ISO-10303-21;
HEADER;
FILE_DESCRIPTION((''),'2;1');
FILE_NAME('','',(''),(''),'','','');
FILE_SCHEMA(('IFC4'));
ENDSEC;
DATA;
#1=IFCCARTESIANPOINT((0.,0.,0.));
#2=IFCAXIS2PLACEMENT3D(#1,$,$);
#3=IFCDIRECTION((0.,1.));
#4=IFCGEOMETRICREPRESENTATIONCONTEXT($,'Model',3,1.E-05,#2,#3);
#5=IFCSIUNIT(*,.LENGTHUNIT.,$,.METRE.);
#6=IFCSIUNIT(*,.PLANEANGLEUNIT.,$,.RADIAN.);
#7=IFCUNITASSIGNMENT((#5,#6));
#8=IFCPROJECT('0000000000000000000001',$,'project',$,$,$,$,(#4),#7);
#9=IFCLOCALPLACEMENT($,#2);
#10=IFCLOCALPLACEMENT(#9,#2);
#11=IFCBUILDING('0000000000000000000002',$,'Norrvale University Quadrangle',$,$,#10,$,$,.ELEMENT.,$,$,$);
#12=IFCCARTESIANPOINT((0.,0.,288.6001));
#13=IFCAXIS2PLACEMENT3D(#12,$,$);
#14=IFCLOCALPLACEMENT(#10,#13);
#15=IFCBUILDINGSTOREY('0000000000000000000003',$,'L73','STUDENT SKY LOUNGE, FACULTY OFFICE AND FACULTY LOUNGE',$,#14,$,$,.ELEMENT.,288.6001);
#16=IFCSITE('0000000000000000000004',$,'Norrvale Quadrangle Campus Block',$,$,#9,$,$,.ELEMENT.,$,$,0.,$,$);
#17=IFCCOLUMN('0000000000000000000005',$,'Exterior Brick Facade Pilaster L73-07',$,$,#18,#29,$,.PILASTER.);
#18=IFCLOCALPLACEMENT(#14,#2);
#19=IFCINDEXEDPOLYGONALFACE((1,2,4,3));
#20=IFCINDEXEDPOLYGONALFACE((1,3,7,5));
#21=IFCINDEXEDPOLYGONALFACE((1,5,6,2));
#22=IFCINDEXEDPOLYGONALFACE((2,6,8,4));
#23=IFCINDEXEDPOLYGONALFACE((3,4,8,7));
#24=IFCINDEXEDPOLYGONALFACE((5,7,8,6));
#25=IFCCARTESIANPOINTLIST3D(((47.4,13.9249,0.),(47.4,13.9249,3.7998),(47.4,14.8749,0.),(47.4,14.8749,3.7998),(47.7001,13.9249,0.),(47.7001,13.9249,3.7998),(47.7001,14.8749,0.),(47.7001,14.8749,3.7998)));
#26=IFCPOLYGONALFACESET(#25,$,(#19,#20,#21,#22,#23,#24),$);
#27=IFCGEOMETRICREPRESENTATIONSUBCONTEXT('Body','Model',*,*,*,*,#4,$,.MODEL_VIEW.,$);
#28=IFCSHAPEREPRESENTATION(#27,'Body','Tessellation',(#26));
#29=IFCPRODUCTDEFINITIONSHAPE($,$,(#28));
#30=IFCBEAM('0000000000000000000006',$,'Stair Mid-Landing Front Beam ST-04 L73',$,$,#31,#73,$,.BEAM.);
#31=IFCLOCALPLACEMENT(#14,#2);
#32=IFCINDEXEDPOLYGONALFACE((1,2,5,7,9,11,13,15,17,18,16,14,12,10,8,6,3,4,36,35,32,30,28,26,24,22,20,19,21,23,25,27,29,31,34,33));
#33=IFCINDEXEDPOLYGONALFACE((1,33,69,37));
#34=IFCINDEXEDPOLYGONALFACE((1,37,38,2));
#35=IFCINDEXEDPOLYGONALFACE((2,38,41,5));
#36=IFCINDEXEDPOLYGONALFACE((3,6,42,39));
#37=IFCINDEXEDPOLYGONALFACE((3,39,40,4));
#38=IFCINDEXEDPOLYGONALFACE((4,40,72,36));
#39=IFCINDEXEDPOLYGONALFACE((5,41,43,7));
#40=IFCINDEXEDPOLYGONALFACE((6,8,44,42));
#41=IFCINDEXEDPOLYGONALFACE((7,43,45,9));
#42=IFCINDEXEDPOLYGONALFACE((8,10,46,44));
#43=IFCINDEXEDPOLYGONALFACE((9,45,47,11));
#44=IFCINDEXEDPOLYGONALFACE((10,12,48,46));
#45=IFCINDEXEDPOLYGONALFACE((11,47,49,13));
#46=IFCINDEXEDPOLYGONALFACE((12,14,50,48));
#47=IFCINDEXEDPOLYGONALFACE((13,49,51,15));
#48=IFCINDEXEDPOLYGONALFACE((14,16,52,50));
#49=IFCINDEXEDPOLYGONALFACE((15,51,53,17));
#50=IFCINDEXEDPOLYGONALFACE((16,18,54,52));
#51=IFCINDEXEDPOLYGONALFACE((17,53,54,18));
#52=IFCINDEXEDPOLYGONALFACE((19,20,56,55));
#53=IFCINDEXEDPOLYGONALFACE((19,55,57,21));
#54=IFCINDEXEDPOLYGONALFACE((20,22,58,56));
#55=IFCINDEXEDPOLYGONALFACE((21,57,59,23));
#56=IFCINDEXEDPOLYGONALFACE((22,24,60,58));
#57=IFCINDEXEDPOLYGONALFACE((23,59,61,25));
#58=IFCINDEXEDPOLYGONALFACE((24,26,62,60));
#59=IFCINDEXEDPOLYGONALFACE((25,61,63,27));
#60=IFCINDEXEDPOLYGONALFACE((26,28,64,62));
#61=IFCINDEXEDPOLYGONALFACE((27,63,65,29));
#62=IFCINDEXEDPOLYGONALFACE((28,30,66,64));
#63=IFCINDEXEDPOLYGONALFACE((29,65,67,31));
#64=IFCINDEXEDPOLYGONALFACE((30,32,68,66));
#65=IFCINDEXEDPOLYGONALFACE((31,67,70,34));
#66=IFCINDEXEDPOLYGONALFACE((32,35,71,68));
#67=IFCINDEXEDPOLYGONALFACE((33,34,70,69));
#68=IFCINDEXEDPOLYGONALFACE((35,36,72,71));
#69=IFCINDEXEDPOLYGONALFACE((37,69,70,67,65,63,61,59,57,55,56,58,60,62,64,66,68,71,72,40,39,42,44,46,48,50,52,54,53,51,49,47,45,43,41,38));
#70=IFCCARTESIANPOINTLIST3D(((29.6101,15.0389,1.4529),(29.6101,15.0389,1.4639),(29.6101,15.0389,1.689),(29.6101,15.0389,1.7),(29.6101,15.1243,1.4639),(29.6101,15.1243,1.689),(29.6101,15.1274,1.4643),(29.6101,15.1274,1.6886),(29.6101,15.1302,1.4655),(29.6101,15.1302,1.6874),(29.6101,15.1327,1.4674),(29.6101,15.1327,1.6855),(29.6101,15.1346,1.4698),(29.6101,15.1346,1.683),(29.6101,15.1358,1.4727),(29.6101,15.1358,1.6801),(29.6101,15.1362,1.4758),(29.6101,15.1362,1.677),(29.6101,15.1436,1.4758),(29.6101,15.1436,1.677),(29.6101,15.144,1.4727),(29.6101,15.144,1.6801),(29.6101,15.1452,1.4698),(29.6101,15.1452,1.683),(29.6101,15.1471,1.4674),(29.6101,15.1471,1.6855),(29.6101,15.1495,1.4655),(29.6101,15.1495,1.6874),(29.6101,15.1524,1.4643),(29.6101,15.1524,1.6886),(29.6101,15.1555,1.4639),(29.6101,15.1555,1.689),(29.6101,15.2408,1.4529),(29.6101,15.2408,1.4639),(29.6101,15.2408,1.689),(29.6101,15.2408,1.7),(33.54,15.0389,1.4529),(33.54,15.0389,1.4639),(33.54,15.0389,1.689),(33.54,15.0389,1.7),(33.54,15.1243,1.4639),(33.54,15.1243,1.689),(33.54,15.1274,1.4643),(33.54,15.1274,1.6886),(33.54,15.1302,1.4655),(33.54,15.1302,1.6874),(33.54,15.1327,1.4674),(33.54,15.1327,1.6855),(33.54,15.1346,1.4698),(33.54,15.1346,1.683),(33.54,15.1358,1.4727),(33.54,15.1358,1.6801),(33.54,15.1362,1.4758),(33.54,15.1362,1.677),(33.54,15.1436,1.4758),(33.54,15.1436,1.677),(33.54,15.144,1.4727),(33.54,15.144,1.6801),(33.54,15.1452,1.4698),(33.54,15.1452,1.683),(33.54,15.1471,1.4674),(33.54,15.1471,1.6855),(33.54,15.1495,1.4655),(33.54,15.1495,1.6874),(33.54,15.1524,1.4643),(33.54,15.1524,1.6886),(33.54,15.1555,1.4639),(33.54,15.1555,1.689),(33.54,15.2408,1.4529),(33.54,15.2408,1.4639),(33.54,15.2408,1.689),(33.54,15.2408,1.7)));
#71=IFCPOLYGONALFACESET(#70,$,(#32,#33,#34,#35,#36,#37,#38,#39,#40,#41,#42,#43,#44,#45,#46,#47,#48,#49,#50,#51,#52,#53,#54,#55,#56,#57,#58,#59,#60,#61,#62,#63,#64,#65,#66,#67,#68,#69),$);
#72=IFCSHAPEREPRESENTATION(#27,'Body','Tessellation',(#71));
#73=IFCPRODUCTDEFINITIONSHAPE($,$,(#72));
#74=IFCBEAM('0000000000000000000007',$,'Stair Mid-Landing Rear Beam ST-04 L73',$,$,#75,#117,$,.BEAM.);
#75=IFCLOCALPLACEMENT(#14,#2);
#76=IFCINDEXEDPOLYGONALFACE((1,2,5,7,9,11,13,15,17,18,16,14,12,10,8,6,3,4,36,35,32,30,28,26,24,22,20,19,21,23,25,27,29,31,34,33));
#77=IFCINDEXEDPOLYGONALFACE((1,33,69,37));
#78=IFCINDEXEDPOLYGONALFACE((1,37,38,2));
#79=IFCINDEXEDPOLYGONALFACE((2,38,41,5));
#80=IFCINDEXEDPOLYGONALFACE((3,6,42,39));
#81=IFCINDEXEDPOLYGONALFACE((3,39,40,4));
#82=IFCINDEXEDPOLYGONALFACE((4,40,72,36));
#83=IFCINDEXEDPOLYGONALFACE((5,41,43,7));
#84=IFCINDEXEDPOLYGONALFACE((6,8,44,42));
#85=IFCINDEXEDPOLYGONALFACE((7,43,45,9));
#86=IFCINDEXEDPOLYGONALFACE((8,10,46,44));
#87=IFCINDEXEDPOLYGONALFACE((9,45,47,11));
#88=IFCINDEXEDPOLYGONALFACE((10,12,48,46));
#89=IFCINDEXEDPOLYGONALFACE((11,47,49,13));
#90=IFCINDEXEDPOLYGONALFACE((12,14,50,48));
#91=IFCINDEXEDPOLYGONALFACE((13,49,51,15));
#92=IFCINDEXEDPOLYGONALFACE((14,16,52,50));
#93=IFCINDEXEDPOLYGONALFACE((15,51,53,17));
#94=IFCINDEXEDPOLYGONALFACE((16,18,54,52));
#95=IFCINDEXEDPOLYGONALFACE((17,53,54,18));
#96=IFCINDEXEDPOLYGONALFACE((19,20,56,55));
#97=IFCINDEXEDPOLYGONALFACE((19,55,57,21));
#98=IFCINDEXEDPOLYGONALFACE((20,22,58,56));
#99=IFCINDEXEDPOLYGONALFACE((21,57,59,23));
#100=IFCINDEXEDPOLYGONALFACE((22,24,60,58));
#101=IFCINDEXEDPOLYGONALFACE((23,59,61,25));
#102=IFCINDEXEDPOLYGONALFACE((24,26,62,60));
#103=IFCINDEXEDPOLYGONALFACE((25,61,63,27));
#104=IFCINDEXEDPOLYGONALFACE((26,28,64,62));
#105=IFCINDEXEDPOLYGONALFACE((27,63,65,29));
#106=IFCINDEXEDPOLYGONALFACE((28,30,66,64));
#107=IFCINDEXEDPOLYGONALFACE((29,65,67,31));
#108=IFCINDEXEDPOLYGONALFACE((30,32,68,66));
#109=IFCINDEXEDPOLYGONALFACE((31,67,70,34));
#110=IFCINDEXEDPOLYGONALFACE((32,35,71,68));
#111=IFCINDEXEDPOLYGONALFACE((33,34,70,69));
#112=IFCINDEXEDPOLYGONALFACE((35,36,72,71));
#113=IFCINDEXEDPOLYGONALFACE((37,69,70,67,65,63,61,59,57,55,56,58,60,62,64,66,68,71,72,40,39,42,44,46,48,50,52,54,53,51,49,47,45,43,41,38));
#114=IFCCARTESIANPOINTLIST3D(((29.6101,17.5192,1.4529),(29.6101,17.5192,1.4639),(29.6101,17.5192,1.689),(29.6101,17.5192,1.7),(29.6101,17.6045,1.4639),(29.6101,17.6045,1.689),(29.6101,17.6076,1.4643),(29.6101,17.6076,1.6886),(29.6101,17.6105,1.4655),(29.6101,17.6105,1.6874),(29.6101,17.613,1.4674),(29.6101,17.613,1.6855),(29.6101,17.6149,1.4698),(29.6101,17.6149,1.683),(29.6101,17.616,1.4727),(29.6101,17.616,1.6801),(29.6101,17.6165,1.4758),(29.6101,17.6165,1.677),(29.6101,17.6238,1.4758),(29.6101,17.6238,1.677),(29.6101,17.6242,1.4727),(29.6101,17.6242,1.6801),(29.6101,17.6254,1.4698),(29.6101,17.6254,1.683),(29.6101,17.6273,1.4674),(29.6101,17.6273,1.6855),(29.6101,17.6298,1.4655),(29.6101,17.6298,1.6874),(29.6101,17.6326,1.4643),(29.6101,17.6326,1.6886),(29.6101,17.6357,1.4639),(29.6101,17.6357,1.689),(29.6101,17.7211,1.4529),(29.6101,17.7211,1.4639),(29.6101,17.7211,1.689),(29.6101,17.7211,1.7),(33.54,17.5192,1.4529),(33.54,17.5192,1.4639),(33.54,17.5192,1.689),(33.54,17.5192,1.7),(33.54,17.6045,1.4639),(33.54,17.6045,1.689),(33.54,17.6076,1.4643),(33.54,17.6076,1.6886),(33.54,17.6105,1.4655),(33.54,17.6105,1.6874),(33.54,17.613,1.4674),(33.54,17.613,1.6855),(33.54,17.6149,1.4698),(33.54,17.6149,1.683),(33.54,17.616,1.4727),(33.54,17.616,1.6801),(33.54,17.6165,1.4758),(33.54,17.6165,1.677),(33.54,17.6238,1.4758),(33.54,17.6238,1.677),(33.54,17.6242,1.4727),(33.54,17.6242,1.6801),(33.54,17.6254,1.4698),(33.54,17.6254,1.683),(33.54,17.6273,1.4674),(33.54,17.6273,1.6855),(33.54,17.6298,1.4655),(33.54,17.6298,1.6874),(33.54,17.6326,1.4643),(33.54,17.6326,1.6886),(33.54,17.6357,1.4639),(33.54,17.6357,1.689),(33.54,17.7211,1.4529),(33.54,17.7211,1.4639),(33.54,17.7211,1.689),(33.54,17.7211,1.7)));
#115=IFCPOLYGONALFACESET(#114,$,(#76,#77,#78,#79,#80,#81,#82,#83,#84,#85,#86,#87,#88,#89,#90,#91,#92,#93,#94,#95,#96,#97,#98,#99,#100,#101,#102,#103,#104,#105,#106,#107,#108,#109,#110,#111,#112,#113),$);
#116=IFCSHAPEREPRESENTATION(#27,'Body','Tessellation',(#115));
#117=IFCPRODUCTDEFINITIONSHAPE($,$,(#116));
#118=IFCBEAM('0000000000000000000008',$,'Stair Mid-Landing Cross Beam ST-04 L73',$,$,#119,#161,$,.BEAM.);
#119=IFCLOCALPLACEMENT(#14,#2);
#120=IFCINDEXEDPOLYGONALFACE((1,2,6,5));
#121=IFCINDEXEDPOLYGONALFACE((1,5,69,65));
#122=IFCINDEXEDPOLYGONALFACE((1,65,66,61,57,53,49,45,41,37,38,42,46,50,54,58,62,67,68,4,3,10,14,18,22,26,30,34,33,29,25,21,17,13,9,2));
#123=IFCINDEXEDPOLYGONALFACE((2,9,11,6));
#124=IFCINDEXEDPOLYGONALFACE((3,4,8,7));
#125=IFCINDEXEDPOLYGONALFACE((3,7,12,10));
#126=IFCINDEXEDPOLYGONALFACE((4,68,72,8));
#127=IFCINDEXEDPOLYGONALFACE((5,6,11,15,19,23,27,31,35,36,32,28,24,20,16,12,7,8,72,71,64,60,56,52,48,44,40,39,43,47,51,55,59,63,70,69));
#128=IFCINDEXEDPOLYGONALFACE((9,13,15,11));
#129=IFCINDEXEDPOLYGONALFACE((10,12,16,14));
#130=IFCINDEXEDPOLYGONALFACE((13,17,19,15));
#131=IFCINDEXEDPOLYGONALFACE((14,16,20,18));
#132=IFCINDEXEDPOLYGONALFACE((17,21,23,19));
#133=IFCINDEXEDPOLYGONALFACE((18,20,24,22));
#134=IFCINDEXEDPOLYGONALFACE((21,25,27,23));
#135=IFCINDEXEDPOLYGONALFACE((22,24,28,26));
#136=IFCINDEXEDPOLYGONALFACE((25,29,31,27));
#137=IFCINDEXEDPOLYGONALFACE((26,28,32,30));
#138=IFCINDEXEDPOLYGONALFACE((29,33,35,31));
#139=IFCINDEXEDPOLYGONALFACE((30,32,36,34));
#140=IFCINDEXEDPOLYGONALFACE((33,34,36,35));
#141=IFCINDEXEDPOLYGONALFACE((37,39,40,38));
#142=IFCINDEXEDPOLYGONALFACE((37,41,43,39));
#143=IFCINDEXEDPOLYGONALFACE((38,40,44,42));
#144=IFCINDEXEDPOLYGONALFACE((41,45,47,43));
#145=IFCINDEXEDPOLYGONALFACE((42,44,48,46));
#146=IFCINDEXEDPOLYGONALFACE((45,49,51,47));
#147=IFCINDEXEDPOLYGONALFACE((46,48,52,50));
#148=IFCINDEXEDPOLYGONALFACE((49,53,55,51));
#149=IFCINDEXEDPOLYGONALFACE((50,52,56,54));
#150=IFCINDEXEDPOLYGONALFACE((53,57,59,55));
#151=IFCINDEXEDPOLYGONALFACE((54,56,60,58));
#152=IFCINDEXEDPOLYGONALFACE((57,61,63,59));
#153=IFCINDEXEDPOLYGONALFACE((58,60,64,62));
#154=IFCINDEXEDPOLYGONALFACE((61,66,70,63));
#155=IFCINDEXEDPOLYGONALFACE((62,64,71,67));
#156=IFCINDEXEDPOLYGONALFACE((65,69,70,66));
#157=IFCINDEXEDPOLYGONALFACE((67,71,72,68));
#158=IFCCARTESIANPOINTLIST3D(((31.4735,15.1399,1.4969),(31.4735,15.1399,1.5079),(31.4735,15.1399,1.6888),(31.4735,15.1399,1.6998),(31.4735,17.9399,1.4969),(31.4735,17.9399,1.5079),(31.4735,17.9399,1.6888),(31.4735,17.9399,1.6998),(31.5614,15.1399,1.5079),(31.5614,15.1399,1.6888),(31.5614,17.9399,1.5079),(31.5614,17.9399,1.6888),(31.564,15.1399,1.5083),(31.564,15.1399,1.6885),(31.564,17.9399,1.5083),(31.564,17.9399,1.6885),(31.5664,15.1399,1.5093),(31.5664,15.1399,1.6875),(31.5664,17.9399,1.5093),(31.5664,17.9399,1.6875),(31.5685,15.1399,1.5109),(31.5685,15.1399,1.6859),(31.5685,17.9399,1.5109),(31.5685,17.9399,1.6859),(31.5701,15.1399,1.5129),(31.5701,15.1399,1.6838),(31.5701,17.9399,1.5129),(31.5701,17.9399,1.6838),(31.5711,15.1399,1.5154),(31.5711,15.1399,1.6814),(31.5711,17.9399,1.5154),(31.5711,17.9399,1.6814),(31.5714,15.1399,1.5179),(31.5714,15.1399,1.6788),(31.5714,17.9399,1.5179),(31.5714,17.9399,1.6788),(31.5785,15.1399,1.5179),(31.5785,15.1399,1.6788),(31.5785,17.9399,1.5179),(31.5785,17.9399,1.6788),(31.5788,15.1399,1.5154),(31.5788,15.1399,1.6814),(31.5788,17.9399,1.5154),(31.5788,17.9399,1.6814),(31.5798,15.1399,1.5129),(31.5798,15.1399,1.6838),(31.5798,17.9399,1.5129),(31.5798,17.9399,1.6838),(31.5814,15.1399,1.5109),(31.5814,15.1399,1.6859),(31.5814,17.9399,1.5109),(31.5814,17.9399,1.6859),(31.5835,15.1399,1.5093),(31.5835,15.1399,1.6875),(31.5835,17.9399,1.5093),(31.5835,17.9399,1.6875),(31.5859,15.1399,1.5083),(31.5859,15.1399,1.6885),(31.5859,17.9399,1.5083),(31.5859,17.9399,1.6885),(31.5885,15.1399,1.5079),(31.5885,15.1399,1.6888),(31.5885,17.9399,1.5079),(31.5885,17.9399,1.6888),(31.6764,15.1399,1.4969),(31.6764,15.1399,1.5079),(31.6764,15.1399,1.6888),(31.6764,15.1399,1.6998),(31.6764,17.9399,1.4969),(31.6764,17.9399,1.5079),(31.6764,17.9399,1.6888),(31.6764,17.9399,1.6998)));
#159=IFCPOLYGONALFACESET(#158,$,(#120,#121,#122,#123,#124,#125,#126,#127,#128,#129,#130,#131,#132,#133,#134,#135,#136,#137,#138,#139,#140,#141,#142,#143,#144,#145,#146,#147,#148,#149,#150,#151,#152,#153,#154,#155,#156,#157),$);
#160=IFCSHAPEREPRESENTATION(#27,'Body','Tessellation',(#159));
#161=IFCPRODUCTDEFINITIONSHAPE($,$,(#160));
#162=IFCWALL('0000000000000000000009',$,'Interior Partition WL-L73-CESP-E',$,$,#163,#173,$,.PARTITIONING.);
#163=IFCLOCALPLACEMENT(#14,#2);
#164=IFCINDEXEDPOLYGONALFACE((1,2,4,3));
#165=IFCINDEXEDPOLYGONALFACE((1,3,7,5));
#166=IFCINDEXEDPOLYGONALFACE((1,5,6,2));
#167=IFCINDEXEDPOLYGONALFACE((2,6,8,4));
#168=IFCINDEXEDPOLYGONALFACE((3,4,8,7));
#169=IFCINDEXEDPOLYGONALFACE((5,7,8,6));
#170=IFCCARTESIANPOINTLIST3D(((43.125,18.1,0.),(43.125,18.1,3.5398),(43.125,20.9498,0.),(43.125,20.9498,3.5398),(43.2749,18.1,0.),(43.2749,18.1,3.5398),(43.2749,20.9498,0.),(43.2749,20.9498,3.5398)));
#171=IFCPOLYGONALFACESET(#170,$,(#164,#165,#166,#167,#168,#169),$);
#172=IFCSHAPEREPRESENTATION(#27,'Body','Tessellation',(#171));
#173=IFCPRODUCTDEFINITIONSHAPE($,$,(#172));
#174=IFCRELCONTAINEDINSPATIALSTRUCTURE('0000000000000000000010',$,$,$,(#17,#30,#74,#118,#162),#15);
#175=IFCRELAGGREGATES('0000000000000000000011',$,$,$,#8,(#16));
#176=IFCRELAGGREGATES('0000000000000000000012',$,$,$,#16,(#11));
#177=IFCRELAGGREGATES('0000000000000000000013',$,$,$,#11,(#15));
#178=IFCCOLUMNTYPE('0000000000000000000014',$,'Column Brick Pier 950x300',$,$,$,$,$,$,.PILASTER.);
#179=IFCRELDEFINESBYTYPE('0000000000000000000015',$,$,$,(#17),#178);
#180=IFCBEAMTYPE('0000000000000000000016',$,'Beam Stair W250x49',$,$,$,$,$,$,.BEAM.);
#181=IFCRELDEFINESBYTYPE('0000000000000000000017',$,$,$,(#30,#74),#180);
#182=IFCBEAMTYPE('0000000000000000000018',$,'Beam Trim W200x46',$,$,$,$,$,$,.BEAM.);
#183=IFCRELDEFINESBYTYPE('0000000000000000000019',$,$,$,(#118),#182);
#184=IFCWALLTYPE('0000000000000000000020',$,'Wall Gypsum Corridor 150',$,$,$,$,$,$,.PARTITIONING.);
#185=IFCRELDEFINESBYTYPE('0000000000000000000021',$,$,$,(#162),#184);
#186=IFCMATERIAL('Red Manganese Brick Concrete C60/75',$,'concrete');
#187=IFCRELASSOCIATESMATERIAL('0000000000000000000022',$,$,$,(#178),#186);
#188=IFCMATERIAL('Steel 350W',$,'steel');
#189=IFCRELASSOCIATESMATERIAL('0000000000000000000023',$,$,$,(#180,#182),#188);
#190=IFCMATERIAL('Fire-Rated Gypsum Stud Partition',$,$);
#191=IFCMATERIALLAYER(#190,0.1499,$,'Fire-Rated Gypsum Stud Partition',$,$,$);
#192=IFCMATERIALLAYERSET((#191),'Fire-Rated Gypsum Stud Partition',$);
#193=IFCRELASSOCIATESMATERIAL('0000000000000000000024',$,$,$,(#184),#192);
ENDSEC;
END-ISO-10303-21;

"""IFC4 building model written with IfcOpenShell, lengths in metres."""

from ifc_helpers import new_model, si_unit, direction, frame, frame_2d, origin, origin_2d, place, context, subcontext, project, spatial, rectangle, i_section, extrude, material, layer, layer_set, material_profile, profile_set, type_object, element, save


model = new_model("IFC4")

# Units and contexts
model_context = context("Model", 3, precision=1e-05, world=origin(), true_north=direction((0.0, 1.0)))
body_context = subcontext(model_context, "Body", "Model", "MODEL_VIEW")
ifc_project = project(units=[si_unit("LENGTHUNIT", "METRE"), si_unit("PLANEANGLEUNIT", "RADIAN")], contexts=[model_context])

# Site, building, storey
site_placement = place(None, origin())
site = spatial("IfcSite", under=ifc_project, at=site_placement, Name="Norrvale Quadrangle Campus Block", CompositionType="ELEMENT", RefElevation=0.0)
building_placement = place(site_placement, origin())
building = spatial("IfcBuilding", under=site, at=building_placement, Name="Norrvale University Quadrangle", CompositionType="ELEMENT")
storey_placement = place(building_placement, frame((0.0, 0.0, 288.6001)))
storey = spatial("IfcBuildingStorey", under=building, at=storey_placement, Name="L73", Description="STUDENT SKY LOUNGE, FACULTY OFFICE AND FACULTY LOUNGE", CompositionType="ELEMENT", Elevation=288.6001)

# Column
ifc_material_1 = material(Name="Red Manganese Brick Concrete C60/75", Category="concrete")
ifc_material_profile_1 = material_profile(ifc_material_1, rectangle(XDim=0.95, YDim=0.3, at=origin_2d()), Name="Red Manganese Brick Concrete C60/75")
ifc_profile_set_1 = profile_set([ifc_material_profile_1], Name="Red Manganese Brick Concrete C60/75")
column_type = type_object("IfcColumnType", Name="Column Brick Pier 950x300", PredefinedType="PILASTER", material=ifc_profile_set_1)
column_placement = place(storey_placement, frame((47.55, 14.3999, 0.0), z_axis=(0.0, 0.0, 1.0), x_axis=(0.0, 1.0, 0.0)))
element("IfcColumn", 1, at=column_placement, inside=storey, type_object=column_type, Name="Exterior Brick Facade Pilaster L73-07", PredefinedType="PILASTER", context=body_context, shape_type="SweptSolid", body=[
    extrude(rectangle(XDim=0.95, YDim=0.3, at=origin_2d()), origin(), (0.0, 0.0, 1.0), 3.7998),
])

# Beams
ifc_material_2 = material(Name="Steel 350W", Category="steel")
ifc_material_profile_2 = material_profile(ifc_material_2, i_section(OverallWidth=0.2019, OverallDepth=0.2471, WebThickness=0.0073, FlangeThickness=0.011, FilletRadius=0.012, at=origin_2d()), Name="Steel 350W")
ifc_profile_set_2 = profile_set([ifc_material_profile_2], Name="Steel 350W")
beam_type_1 = type_object("IfcBeamType", Name="Beam Stair W250x49", PredefinedType="BEAM", material=ifc_profile_set_2)
for number, where, z_axis, x_axis, name in (
    (2, (29.6101, 15.1399, 1.5764), (1.0, 0.0, 0.0), (0.0, 1.0, 0.0), "Stair Mid-Landing Front Beam ST-04 L73"),
    (3, (29.6101, 17.6201, 1.5764), (1.0, 0.0, 0.0), (0.0, 1.0, 0.0), "Stair Mid-Landing Rear Beam ST-04 L73"),
):
    element("IfcBeam", number, at=place(storey_placement, frame(where, z_axis=z_axis, x_axis=x_axis)), inside=storey, type_object=beam_type_1, Name=name, PredefinedType="BEAM", context=body_context, shape_type="SweptSolid", body=[
        extrude(i_section(OverallWidth=0.2019, OverallDepth=0.2471, WebThickness=0.0073, FlangeThickness=0.011, FilletRadius=0.012, at=origin_2d()), origin(), (0.0, 0.0, 1.0), 3.9299),
    ])
ifc_material_profile_3 = material_profile(ifc_material_2, i_section(OverallWidth=0.2029, OverallDepth=0.2029, WebThickness=0.0071, FlangeThickness=0.011, FilletRadius=0.01, at=origin_2d()), Name="Steel 350W")
ifc_profile_set_3 = profile_set([ifc_material_profile_3], Name="Steel 350W")
beam_type_2 = type_object("IfcBeamType", Name="Beam Trim W200x46", PredefinedType="BEAM", material=ifc_profile_set_3)
beam_placement = place(storey_placement, frame((31.575, 15.1399, 1.5984), z_axis=(0.0, 1.0, 0.0), x_axis=(-1.0, 0.0, 0.0)))
element("IfcBeam", 4, at=beam_placement, inside=storey, type_object=beam_type_2, Name="Stair Mid-Landing Cross Beam ST-04 L73", PredefinedType="BEAM", context=body_context, shape_type="SweptSolid", body=[
    extrude(i_section(OverallWidth=0.2029, OverallDepth=0.2029, WebThickness=0.0071, FlangeThickness=0.011, FilletRadius=0.01, at=origin_2d()), origin(), (0.0, 0.0, 1.0), 2.8),
])

# Wall
ifc_material_3 = material(Name="Fire-Rated Gypsum Stud Partition")
ifc_layer_1 = layer(ifc_material_3, 0.1499, Name="Fire-Rated Gypsum Stud Partition")
ifc_layer_set_1 = layer_set([ifc_layer_1], Name="Fire-Rated Gypsum Stud Partition")
wall_type_1 = type_object("IfcWallType", Name="Wall Gypsum Corridor 150", PredefinedType="PARTITIONING", material=ifc_layer_set_1)
wall_1_placement = place(storey_placement, frame((43.2, 18.1001, 0.0), z_axis=(0.0, 0.0, 1.0), x_axis=(0.0, 1.0, 0.0)))
element("IfcWall", 5, at=wall_1_placement, inside=storey, type_object=wall_type_1, Name="Interior Partition WL-L73-CESP-E", PredefinedType="PARTITIONING", context=body_context, shape_type="SweptSolid", body=[
    extrude(rectangle(XDim=2.8499, YDim=0.1499, at=frame_2d((1.4248, 0.0))), origin(), (0.0, 0.0, 1.0), 3.5398),
])

save(model, "model.ifc")
